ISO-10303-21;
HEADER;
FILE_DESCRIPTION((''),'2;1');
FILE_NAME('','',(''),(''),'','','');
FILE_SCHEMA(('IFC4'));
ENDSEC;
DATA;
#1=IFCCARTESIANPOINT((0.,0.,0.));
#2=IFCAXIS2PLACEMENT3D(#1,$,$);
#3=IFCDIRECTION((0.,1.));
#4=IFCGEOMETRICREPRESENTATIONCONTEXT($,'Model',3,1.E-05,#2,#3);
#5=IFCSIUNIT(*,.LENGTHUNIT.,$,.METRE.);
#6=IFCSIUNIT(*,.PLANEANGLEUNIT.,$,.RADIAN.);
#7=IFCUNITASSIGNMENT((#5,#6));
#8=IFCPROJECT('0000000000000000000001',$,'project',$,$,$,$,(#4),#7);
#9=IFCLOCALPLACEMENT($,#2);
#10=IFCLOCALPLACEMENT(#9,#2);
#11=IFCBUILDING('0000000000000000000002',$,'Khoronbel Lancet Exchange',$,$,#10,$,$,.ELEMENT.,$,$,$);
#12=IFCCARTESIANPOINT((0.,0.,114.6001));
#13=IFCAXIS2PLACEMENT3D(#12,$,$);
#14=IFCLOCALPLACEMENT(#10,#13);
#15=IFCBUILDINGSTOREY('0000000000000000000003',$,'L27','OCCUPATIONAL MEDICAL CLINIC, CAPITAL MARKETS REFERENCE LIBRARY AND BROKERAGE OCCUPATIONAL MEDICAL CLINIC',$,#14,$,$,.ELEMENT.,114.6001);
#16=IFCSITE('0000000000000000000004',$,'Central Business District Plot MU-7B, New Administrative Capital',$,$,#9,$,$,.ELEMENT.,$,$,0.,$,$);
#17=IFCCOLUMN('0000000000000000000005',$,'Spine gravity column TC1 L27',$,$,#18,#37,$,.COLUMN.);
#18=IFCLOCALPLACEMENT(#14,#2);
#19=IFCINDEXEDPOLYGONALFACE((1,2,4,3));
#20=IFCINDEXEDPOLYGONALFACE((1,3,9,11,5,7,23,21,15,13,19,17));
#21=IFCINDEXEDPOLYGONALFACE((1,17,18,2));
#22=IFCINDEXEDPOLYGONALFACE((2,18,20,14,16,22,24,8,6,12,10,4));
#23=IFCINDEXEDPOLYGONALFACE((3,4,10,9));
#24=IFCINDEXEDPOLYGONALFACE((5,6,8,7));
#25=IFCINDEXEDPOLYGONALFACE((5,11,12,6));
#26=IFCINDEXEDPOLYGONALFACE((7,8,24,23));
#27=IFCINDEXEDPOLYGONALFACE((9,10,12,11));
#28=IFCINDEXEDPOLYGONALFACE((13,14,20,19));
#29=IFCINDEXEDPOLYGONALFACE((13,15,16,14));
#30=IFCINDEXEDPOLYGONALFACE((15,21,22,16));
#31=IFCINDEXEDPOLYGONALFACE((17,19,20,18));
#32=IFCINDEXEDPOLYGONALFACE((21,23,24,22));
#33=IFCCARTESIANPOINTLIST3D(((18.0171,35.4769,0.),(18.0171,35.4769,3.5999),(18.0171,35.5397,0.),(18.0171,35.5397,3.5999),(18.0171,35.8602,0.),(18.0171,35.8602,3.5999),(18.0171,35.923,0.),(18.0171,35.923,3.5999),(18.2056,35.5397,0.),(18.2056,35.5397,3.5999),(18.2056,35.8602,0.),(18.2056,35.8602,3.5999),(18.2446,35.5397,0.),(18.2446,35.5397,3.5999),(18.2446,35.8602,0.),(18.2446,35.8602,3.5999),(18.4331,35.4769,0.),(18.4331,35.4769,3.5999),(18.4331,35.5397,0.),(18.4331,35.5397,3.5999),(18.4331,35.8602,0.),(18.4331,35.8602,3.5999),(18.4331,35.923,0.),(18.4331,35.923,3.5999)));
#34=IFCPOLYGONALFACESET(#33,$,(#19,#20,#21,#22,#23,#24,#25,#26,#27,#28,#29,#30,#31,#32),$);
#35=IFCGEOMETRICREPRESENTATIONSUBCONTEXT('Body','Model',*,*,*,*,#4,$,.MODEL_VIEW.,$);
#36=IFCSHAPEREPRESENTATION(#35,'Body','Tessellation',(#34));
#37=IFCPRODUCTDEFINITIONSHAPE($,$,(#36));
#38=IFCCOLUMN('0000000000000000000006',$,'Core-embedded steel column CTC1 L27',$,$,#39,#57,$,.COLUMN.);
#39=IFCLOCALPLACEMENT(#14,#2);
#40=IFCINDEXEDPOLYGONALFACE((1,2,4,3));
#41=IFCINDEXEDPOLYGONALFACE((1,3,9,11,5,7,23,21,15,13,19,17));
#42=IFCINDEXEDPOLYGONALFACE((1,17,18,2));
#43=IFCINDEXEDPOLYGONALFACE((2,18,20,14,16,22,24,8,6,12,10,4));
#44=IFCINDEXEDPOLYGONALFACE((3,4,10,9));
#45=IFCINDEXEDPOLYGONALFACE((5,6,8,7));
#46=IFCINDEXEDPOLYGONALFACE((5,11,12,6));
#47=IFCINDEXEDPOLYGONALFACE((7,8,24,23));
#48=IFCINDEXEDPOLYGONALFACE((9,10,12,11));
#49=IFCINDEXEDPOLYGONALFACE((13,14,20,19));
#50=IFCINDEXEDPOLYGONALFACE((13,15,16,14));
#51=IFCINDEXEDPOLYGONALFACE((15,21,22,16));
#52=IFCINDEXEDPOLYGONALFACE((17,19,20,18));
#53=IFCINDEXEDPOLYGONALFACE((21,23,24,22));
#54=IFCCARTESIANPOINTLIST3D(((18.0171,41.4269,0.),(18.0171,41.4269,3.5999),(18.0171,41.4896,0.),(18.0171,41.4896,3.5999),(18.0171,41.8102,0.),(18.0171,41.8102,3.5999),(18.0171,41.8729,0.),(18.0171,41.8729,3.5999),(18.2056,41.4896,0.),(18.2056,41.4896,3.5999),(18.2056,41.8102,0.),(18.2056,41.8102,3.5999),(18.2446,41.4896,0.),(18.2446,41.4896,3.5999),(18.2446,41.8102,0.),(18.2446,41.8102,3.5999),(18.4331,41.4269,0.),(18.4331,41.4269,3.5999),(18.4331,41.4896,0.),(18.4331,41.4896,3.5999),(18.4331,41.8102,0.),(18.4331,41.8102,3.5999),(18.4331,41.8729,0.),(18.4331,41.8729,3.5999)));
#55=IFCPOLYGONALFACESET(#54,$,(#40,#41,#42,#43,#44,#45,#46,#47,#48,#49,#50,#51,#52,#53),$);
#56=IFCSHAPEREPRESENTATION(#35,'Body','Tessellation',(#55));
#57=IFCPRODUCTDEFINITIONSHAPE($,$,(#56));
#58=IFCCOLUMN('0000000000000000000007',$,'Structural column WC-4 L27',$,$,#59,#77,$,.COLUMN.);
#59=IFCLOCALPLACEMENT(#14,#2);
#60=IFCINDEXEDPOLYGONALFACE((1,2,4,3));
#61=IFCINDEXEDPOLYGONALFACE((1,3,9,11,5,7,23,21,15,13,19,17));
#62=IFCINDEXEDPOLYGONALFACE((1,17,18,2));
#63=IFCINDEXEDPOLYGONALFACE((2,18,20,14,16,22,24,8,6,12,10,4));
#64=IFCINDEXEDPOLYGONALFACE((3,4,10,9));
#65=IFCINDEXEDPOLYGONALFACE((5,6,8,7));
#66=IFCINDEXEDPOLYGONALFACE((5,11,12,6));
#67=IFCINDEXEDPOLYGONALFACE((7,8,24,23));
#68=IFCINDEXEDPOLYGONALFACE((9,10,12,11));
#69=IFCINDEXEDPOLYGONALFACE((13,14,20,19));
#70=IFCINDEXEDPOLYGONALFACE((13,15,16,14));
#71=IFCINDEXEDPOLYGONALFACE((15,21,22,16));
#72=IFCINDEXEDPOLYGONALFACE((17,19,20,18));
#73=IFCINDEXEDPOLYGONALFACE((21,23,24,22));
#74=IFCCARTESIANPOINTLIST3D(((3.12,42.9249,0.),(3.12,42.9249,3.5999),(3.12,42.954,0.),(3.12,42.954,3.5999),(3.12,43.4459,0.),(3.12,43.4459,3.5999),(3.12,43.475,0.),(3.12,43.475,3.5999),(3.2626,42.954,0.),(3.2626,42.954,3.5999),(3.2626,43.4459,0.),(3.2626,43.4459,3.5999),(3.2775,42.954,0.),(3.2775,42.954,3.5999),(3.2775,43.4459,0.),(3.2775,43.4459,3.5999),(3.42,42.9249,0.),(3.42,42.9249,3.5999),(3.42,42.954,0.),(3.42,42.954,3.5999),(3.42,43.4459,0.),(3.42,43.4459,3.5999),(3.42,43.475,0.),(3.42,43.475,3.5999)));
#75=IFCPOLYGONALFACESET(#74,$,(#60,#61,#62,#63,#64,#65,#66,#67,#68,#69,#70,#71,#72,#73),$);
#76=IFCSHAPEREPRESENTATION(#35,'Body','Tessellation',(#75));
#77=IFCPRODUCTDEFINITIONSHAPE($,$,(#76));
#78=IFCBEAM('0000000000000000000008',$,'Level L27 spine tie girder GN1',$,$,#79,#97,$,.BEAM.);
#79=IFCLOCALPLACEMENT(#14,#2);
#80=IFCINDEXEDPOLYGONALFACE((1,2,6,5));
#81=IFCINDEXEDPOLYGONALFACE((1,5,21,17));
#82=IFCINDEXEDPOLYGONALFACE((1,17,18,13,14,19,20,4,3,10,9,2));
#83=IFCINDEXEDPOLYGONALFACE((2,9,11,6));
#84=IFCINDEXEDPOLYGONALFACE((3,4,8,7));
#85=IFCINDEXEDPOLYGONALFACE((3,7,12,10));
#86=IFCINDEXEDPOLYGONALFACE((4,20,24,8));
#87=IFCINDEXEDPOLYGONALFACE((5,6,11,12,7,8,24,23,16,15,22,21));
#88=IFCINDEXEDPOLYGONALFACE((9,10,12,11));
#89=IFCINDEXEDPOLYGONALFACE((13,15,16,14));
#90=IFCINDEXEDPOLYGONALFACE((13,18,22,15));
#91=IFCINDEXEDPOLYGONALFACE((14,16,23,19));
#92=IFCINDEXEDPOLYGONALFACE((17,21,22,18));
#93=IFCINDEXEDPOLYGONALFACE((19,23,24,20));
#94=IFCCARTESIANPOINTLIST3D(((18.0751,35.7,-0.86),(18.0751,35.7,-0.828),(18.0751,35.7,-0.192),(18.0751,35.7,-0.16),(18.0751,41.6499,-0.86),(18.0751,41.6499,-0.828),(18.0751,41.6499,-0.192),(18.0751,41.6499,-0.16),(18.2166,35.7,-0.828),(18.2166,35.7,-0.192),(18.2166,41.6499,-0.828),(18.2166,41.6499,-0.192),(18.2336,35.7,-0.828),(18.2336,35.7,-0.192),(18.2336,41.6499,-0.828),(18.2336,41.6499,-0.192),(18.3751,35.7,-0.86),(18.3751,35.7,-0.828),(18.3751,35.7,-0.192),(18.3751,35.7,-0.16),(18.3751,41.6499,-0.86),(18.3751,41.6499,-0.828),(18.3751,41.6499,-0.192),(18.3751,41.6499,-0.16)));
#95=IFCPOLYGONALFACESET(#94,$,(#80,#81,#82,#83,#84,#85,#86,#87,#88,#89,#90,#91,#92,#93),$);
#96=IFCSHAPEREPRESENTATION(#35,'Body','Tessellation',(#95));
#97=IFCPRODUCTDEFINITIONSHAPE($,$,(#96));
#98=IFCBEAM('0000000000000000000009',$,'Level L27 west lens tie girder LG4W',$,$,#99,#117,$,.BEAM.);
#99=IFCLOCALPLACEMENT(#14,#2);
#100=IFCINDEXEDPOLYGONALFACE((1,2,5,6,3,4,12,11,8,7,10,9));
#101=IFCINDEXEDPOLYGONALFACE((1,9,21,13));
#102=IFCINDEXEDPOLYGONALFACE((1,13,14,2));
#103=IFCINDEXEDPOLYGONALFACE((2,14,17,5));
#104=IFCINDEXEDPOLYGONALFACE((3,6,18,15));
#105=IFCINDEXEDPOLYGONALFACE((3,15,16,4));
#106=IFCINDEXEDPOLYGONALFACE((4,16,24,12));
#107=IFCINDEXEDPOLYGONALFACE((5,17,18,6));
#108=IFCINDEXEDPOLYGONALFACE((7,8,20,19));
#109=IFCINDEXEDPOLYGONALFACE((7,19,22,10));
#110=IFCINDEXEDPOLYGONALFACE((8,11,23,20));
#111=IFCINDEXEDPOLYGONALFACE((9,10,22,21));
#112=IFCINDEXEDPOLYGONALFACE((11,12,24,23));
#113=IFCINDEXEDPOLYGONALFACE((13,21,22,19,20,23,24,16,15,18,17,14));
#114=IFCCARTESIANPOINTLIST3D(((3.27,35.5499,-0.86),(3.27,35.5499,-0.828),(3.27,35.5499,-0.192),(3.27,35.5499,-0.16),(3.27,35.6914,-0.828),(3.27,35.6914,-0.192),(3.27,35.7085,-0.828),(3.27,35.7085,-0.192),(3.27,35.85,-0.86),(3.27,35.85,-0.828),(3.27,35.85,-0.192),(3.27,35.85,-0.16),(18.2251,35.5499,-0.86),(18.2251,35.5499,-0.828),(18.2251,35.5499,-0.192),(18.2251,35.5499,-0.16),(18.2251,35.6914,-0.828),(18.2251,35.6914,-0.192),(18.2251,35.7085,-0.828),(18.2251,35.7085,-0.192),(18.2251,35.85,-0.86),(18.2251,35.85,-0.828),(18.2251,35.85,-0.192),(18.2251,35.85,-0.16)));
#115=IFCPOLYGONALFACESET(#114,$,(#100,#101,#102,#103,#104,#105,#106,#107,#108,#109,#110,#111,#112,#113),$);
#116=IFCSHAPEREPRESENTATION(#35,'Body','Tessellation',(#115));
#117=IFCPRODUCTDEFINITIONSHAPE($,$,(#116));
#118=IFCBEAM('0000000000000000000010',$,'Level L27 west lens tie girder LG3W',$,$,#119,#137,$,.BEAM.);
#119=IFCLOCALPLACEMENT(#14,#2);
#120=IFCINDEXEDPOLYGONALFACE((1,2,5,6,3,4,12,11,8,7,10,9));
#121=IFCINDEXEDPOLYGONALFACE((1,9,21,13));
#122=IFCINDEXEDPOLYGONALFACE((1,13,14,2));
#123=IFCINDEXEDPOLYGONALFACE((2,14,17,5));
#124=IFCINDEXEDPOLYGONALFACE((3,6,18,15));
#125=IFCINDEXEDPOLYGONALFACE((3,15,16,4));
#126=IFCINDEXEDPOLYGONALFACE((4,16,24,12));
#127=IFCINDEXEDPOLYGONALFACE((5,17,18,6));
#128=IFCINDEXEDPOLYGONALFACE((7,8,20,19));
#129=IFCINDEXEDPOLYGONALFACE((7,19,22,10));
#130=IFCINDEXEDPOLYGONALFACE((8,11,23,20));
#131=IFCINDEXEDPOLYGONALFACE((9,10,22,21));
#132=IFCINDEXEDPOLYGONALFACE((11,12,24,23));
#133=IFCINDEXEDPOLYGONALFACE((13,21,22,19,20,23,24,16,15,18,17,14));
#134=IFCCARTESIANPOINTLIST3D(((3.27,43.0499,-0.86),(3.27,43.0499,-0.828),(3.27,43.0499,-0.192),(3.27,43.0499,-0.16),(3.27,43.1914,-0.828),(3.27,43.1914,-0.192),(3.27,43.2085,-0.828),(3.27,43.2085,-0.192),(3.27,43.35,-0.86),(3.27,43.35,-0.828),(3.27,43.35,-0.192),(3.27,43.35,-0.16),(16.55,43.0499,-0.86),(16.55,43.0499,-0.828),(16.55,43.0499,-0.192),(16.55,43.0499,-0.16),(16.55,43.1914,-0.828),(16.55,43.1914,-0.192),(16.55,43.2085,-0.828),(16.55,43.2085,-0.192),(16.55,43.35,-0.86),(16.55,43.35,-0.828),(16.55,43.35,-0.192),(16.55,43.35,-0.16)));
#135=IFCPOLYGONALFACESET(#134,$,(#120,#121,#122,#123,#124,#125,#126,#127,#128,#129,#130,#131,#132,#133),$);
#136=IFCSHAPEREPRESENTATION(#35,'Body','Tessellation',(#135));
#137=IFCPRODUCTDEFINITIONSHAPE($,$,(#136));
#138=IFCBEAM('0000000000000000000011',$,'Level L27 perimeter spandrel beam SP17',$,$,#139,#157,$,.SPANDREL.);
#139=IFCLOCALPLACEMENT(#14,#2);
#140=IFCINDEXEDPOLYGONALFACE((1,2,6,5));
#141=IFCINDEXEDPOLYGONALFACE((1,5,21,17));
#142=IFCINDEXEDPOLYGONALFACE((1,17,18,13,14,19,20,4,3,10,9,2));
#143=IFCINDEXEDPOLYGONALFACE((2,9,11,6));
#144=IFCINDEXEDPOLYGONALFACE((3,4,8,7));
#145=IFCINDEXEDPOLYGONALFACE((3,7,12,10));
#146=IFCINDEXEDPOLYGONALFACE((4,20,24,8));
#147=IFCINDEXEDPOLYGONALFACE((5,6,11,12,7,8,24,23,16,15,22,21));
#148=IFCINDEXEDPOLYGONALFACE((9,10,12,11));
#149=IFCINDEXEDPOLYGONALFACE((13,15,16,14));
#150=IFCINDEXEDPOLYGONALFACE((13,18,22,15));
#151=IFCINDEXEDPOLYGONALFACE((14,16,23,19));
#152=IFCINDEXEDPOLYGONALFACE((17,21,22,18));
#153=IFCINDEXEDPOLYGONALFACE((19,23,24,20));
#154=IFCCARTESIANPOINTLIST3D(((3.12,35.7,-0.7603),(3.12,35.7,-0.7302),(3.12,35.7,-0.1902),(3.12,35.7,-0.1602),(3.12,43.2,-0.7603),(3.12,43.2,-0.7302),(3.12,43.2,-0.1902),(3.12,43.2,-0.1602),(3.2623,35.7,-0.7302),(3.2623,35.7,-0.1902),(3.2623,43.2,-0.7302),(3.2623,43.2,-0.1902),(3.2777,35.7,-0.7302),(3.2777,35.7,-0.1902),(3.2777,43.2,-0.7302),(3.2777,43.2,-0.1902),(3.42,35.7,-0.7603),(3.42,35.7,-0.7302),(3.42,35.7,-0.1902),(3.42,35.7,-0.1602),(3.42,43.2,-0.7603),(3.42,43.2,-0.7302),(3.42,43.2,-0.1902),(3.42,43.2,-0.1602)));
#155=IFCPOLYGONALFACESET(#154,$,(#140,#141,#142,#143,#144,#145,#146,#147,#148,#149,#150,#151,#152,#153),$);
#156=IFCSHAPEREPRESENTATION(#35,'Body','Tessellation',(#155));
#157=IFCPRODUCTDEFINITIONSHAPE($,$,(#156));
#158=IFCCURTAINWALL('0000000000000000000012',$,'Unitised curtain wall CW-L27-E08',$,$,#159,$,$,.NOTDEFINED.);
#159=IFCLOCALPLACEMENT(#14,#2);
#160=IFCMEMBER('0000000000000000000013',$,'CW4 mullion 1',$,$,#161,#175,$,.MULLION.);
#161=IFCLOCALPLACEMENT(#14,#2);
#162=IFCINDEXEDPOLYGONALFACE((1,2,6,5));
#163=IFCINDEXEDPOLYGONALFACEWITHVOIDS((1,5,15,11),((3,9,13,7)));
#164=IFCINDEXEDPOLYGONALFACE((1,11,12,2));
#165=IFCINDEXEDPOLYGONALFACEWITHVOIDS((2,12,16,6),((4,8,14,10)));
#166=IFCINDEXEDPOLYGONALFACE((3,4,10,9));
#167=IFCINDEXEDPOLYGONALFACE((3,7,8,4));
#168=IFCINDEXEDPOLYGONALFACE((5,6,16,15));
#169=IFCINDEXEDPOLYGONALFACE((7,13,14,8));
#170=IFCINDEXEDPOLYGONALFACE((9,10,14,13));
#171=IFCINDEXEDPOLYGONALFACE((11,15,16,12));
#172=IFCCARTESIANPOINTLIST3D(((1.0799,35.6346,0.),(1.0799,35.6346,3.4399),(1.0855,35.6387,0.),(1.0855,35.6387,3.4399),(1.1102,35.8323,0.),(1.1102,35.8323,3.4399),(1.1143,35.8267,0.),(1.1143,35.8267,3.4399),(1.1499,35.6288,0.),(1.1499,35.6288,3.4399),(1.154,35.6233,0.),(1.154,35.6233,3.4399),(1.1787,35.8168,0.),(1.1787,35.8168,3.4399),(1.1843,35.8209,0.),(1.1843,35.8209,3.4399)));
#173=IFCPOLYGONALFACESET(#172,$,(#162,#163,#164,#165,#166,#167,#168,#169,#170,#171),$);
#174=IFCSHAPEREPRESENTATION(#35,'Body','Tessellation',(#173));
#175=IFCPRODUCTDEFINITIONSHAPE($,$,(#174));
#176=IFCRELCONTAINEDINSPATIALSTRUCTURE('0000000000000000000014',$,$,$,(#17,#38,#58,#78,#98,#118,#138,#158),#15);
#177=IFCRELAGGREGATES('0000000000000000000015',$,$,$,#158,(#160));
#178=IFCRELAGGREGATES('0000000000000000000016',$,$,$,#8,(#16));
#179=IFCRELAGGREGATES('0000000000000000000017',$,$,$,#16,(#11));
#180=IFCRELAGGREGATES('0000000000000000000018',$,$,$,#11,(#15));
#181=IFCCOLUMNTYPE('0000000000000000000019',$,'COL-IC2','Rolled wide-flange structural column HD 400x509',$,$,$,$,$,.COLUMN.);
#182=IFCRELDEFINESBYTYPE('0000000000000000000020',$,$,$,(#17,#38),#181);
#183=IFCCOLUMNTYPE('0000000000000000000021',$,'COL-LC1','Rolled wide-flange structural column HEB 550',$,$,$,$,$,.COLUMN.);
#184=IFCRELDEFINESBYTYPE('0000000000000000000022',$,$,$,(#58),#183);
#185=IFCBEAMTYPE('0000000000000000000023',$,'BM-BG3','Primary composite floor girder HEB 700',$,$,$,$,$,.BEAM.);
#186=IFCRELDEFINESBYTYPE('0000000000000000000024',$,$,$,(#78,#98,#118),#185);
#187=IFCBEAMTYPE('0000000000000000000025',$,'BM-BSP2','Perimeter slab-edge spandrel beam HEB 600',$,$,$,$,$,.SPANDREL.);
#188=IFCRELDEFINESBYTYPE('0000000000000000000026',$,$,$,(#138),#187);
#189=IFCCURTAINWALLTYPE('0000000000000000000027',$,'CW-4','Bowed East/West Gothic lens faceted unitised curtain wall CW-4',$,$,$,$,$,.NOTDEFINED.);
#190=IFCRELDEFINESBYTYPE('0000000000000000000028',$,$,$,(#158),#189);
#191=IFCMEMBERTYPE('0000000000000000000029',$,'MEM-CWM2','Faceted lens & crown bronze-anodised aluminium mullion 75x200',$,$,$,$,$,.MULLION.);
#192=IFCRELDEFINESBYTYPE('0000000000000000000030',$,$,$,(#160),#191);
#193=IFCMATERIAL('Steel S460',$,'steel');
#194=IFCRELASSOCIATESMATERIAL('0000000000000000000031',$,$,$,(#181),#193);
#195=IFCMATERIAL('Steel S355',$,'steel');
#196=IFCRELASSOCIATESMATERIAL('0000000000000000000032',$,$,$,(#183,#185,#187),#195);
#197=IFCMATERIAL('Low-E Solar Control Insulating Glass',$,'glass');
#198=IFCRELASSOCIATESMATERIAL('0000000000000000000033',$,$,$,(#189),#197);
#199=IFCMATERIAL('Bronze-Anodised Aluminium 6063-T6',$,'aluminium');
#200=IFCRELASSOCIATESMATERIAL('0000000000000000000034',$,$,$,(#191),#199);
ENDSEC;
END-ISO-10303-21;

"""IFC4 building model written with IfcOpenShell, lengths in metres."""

from ifc_helpers import new_model, si_unit, direction, frame, origin, origin_2d, place, context, subcontext, project, spatial, hollow_rectangle, i_section, extrude, material, material_profile, profile_set, type_object, element, aggregate, save


model = new_model("IFC4")

# Units and contexts
model_context = context("Model", 3, precision=1e-05, world=origin(), true_north=direction((0.0, 1.0)))
body_context = subcontext(model_context, "Body", "Model", "MODEL_VIEW")
ifc_project = project(units=[si_unit("LENGTHUNIT", "METRE"), si_unit("PLANEANGLEUNIT", "RADIAN")], contexts=[model_context])

# Site, building, storey
site_placement = place(None, origin())
site = spatial("IfcSite", under=ifc_project, at=site_placement, Name="Central Business District Plot MU-7B, New Administrative Capital", CompositionType="ELEMENT", RefElevation=0.0)
building_placement = place(site_placement, origin())
building = spatial("IfcBuilding", under=site, at=building_placement, Name="Khoronbel Lancet Exchange", CompositionType="ELEMENT")
storey_placement = place(building_placement, frame((0.0, 0.0, 114.6001)))
storey = spatial("IfcBuildingStorey", under=building, at=storey_placement, Name="L27", Description="OCCUPATIONAL MEDICAL CLINIC, CAPITAL MARKETS REFERENCE LIBRARY AND BROKERAGE OCCUPATIONAL MEDICAL CLINIC", CompositionType="ELEMENT", Elevation=114.6001)

# Columns
ifc_material_1 = material(Name="Steel S460", Category="steel")
ifc_material_profile_1 = material_profile(ifc_material_1, i_section(OverallWidth=0.416, OverallDepth=0.446, WebThickness=0.0391, FlangeThickness=0.0627, at=origin_2d()), Name="HD 400x509")
ifc_profile_set_1 = profile_set([ifc_material_profile_1], Name="Steel S460")
column_type_1 = type_object("IfcColumnType", Name="COL-IC2", Description="Rolled wide-flange structural column HD 400x509", PredefinedType="COLUMN", material=ifc_profile_set_1)
for number, where, z_axis, x_axis, name in (
    (1, (18.2251, 35.7, 0.0), (0.0, 0.0, 1.0), (1.0, 0.0, 0.0), "Spine gravity column TC1 L27"),
    (2, (18.2251, 41.6499, 0.0), (0.0, 0.0, 1.0), (1.0, 0.0, 0.0), "Core-embedded steel column CTC1 L27"),
):
    element("IfcColumn", number, at=place(storey_placement, frame(where, z_axis=z_axis, x_axis=x_axis)), inside=storey, type_object=column_type_1, Name=name, PredefinedType="COLUMN", context=body_context, shape_type="SweptSolid", body=[
        extrude(i_section(OverallWidth=0.416, OverallDepth=0.446, WebThickness=0.0391, FlangeThickness=0.0627, at=origin_2d()), origin(), (0.0, 0.0, 1.0), 3.5999),
    ])
ifc_material_2 = material(Name="Steel S355", Category="steel")
ifc_material_profile_2 = material_profile(ifc_material_2, i_section(OverallWidth=0.3, OverallDepth=0.55, WebThickness=0.0149, FlangeThickness=0.0291, at=origin_2d()), Name="HEB 550")
ifc_profile_set_2 = profile_set([ifc_material_profile_2], Name="Steel S355")
column_type_2 = type_object("IfcColumnType", Name="COL-LC1", Description="Rolled wide-flange structural column HEB 550", PredefinedType="COLUMN", material=ifc_profile_set_2)
column_placement = place(storey_placement, frame((3.27, 43.2, 0.0), z_axis=(0.0, 0.0, 1.0), x_axis=(1.0, 0.0, 0.0)))
element("IfcColumn", 3, at=column_placement, inside=storey, type_object=column_type_2, Name="Structural column WC-4 L27", PredefinedType="COLUMN", context=body_context, shape_type="SweptSolid", body=[
    extrude(i_section(OverallWidth=0.3, OverallDepth=0.55, WebThickness=0.0149, FlangeThickness=0.0291, at=origin_2d()), origin(), (0.0, 0.0, 1.0), 3.5999),
])

# Beams
ifc_material_profile_3 = material_profile(ifc_material_2, i_section(OverallWidth=0.3, OverallDepth=0.7, WebThickness=0.0171, FlangeThickness=0.032, at=origin_2d()), Name="HEB 700")
ifc_profile_set_3 = profile_set([ifc_material_profile_3], Name="Steel S355")
beam_type_1 = type_object("IfcBeamType", Name="BM-BG3", Description="Primary composite floor girder HEB 700", PredefinedType="BEAM", material=ifc_profile_set_3)
beam_1_placement = place(storey_placement, frame((18.2251, 35.7, -0.51), z_axis=(0.0, 1.0, 0.0), x_axis=(-1.0, 0.0, 0.0)))
element("IfcBeam", 4, at=beam_1_placement, inside=storey, type_object=beam_type_1, Name="Level L27 spine tie girder GN1", PredefinedType="BEAM", context=body_context, shape_type="SweptSolid", body=[
    extrude(i_section(OverallWidth=0.3, OverallDepth=0.7, WebThickness=0.0171, FlangeThickness=0.032, at=origin_2d()), origin(), (0.0, 0.0, 1.0), 5.95),
])
beam_2_placement = place(storey_placement, frame((3.27, 35.7, -0.51), z_axis=(1.0, 0.0, 0.0), x_axis=(0.0, 1.0, 0.0)))
element("IfcBeam", 5, at=beam_2_placement, inside=storey, type_object=beam_type_1, Name="Level L27 west lens tie girder LG4W", PredefinedType="BEAM", context=body_context, shape_type="SweptSolid", body=[
    extrude(i_section(OverallWidth=0.3, OverallDepth=0.7, WebThickness=0.0171, FlangeThickness=0.032, at=origin_2d()), origin(), (0.0, 0.0, 1.0), 14.9551),
])
beam_3_placement = place(storey_placement, frame((3.27, 43.2, -0.51), z_axis=(1.0, 0.0, 0.0), x_axis=(0.0, 1.0, 0.0)))
element("IfcBeam", 6, at=beam_3_placement, inside=storey, type_object=beam_type_1, Name="Level L27 west lens tie girder LG3W", PredefinedType="BEAM", context=body_context, shape_type="SweptSolid", body=[
    extrude(i_section(OverallWidth=0.3, OverallDepth=0.7, WebThickness=0.0171, FlangeThickness=0.032, at=origin_2d()), origin(), (0.0, 0.0, 1.0), 13.28),
])
ifc_material_profile_4 = material_profile(ifc_material_2, i_section(OverallWidth=0.3, OverallDepth=0.6001, WebThickness=0.0154, FlangeThickness=0.03, at=origin_2d()), Name="HEB 600")
ifc_profile_set_4 = profile_set([ifc_material_profile_4], Name="Steel S355")
beam_type_2 = type_object("IfcBeamType", Name="BM-BSP2", Description="Perimeter slab-edge spandrel beam HEB 600", PredefinedType="SPANDREL", material=ifc_profile_set_4)
beam_4_placement = place(storey_placement, frame((3.27, 43.2, -0.4602), z_axis=(0.0, -1.0, 0.0), x_axis=(1.0, 0.0, 0.0)))
element("IfcBeam", 7, at=beam_4_placement, inside=storey, type_object=beam_type_2, Name="Level L27 perimeter spandrel beam SP17", PredefinedType="SPANDREL", context=body_context, shape_type="SweptSolid", body=[
    extrude(i_section(OverallWidth=0.3, OverallDepth=0.6001, WebThickness=0.0154, FlangeThickness=0.03, at=origin_2d()), origin(), (0.0, 0.0, 1.0), 7.5),
])

# Curtain wall, member
ifc_material_3 = material(Name="Low-E Solar Control Insulating Glass", Category="glass")
curtain_wall_type = type_object("IfcCurtainWallType", Name="CW-4", Description="Bowed East/West Gothic lens faceted unitised curtain wall CW-4", PredefinedType="NOTDEFINED", material=ifc_material_3)
curtain_wall_1_placement = place(storey_placement, origin())
curtain_wall_1 = element("IfcCurtainWall", 8, at=curtain_wall_1_placement, inside=storey, type_object=curtain_wall_type, Name="Unitised curtain wall CW-L27-E08", PredefinedType="NOTDEFINED")
ifc_material_4 = material(Name="Bronze-Anodised Aluminium 6063-T6", Category="aluminium")
ifc_material_profile_5 = material_profile(ifc_material_4, hollow_rectangle(XDim=0.075, YDim=0.2, WallThickness=0.0049, at=origin_2d()), Name="ALU MULLION 75x200")
ifc_profile_set_5 = profile_set([ifc_material_profile_5], Name="Bronze-Anodised Aluminium 6063-T6")
member_type_1 = type_object("IfcMemberType", Name="MEM-CWM2", Description="Faceted lens & crown bronze-anodised aluminium mullion 75x200", PredefinedType="MULLION", material=ifc_profile_set_5)
member_1_placement = place(storey_placement, frame((1.1321, 35.7278, 0.0), z_axis=(0.0, 0.0, 1.0), x_axis=(-0.988455, 0.151516, 0.0)))
member_1 = element("IfcMember", 9, at=member_1_placement, type_object=member_type_1, Name="CW4 mullion 1", PredefinedType="MULLION", context=body_context, shape_type="SweptSolid", body=[
    extrude(hollow_rectangle(XDim=0.075, YDim=0.2, WallThickness=0.0049, at=origin_2d()), origin(), (0.0, 0.0, 1.0), 3.4399),
])

aggregate(curtain_wall_1, [member_1])

save(model, "model.ifc")
